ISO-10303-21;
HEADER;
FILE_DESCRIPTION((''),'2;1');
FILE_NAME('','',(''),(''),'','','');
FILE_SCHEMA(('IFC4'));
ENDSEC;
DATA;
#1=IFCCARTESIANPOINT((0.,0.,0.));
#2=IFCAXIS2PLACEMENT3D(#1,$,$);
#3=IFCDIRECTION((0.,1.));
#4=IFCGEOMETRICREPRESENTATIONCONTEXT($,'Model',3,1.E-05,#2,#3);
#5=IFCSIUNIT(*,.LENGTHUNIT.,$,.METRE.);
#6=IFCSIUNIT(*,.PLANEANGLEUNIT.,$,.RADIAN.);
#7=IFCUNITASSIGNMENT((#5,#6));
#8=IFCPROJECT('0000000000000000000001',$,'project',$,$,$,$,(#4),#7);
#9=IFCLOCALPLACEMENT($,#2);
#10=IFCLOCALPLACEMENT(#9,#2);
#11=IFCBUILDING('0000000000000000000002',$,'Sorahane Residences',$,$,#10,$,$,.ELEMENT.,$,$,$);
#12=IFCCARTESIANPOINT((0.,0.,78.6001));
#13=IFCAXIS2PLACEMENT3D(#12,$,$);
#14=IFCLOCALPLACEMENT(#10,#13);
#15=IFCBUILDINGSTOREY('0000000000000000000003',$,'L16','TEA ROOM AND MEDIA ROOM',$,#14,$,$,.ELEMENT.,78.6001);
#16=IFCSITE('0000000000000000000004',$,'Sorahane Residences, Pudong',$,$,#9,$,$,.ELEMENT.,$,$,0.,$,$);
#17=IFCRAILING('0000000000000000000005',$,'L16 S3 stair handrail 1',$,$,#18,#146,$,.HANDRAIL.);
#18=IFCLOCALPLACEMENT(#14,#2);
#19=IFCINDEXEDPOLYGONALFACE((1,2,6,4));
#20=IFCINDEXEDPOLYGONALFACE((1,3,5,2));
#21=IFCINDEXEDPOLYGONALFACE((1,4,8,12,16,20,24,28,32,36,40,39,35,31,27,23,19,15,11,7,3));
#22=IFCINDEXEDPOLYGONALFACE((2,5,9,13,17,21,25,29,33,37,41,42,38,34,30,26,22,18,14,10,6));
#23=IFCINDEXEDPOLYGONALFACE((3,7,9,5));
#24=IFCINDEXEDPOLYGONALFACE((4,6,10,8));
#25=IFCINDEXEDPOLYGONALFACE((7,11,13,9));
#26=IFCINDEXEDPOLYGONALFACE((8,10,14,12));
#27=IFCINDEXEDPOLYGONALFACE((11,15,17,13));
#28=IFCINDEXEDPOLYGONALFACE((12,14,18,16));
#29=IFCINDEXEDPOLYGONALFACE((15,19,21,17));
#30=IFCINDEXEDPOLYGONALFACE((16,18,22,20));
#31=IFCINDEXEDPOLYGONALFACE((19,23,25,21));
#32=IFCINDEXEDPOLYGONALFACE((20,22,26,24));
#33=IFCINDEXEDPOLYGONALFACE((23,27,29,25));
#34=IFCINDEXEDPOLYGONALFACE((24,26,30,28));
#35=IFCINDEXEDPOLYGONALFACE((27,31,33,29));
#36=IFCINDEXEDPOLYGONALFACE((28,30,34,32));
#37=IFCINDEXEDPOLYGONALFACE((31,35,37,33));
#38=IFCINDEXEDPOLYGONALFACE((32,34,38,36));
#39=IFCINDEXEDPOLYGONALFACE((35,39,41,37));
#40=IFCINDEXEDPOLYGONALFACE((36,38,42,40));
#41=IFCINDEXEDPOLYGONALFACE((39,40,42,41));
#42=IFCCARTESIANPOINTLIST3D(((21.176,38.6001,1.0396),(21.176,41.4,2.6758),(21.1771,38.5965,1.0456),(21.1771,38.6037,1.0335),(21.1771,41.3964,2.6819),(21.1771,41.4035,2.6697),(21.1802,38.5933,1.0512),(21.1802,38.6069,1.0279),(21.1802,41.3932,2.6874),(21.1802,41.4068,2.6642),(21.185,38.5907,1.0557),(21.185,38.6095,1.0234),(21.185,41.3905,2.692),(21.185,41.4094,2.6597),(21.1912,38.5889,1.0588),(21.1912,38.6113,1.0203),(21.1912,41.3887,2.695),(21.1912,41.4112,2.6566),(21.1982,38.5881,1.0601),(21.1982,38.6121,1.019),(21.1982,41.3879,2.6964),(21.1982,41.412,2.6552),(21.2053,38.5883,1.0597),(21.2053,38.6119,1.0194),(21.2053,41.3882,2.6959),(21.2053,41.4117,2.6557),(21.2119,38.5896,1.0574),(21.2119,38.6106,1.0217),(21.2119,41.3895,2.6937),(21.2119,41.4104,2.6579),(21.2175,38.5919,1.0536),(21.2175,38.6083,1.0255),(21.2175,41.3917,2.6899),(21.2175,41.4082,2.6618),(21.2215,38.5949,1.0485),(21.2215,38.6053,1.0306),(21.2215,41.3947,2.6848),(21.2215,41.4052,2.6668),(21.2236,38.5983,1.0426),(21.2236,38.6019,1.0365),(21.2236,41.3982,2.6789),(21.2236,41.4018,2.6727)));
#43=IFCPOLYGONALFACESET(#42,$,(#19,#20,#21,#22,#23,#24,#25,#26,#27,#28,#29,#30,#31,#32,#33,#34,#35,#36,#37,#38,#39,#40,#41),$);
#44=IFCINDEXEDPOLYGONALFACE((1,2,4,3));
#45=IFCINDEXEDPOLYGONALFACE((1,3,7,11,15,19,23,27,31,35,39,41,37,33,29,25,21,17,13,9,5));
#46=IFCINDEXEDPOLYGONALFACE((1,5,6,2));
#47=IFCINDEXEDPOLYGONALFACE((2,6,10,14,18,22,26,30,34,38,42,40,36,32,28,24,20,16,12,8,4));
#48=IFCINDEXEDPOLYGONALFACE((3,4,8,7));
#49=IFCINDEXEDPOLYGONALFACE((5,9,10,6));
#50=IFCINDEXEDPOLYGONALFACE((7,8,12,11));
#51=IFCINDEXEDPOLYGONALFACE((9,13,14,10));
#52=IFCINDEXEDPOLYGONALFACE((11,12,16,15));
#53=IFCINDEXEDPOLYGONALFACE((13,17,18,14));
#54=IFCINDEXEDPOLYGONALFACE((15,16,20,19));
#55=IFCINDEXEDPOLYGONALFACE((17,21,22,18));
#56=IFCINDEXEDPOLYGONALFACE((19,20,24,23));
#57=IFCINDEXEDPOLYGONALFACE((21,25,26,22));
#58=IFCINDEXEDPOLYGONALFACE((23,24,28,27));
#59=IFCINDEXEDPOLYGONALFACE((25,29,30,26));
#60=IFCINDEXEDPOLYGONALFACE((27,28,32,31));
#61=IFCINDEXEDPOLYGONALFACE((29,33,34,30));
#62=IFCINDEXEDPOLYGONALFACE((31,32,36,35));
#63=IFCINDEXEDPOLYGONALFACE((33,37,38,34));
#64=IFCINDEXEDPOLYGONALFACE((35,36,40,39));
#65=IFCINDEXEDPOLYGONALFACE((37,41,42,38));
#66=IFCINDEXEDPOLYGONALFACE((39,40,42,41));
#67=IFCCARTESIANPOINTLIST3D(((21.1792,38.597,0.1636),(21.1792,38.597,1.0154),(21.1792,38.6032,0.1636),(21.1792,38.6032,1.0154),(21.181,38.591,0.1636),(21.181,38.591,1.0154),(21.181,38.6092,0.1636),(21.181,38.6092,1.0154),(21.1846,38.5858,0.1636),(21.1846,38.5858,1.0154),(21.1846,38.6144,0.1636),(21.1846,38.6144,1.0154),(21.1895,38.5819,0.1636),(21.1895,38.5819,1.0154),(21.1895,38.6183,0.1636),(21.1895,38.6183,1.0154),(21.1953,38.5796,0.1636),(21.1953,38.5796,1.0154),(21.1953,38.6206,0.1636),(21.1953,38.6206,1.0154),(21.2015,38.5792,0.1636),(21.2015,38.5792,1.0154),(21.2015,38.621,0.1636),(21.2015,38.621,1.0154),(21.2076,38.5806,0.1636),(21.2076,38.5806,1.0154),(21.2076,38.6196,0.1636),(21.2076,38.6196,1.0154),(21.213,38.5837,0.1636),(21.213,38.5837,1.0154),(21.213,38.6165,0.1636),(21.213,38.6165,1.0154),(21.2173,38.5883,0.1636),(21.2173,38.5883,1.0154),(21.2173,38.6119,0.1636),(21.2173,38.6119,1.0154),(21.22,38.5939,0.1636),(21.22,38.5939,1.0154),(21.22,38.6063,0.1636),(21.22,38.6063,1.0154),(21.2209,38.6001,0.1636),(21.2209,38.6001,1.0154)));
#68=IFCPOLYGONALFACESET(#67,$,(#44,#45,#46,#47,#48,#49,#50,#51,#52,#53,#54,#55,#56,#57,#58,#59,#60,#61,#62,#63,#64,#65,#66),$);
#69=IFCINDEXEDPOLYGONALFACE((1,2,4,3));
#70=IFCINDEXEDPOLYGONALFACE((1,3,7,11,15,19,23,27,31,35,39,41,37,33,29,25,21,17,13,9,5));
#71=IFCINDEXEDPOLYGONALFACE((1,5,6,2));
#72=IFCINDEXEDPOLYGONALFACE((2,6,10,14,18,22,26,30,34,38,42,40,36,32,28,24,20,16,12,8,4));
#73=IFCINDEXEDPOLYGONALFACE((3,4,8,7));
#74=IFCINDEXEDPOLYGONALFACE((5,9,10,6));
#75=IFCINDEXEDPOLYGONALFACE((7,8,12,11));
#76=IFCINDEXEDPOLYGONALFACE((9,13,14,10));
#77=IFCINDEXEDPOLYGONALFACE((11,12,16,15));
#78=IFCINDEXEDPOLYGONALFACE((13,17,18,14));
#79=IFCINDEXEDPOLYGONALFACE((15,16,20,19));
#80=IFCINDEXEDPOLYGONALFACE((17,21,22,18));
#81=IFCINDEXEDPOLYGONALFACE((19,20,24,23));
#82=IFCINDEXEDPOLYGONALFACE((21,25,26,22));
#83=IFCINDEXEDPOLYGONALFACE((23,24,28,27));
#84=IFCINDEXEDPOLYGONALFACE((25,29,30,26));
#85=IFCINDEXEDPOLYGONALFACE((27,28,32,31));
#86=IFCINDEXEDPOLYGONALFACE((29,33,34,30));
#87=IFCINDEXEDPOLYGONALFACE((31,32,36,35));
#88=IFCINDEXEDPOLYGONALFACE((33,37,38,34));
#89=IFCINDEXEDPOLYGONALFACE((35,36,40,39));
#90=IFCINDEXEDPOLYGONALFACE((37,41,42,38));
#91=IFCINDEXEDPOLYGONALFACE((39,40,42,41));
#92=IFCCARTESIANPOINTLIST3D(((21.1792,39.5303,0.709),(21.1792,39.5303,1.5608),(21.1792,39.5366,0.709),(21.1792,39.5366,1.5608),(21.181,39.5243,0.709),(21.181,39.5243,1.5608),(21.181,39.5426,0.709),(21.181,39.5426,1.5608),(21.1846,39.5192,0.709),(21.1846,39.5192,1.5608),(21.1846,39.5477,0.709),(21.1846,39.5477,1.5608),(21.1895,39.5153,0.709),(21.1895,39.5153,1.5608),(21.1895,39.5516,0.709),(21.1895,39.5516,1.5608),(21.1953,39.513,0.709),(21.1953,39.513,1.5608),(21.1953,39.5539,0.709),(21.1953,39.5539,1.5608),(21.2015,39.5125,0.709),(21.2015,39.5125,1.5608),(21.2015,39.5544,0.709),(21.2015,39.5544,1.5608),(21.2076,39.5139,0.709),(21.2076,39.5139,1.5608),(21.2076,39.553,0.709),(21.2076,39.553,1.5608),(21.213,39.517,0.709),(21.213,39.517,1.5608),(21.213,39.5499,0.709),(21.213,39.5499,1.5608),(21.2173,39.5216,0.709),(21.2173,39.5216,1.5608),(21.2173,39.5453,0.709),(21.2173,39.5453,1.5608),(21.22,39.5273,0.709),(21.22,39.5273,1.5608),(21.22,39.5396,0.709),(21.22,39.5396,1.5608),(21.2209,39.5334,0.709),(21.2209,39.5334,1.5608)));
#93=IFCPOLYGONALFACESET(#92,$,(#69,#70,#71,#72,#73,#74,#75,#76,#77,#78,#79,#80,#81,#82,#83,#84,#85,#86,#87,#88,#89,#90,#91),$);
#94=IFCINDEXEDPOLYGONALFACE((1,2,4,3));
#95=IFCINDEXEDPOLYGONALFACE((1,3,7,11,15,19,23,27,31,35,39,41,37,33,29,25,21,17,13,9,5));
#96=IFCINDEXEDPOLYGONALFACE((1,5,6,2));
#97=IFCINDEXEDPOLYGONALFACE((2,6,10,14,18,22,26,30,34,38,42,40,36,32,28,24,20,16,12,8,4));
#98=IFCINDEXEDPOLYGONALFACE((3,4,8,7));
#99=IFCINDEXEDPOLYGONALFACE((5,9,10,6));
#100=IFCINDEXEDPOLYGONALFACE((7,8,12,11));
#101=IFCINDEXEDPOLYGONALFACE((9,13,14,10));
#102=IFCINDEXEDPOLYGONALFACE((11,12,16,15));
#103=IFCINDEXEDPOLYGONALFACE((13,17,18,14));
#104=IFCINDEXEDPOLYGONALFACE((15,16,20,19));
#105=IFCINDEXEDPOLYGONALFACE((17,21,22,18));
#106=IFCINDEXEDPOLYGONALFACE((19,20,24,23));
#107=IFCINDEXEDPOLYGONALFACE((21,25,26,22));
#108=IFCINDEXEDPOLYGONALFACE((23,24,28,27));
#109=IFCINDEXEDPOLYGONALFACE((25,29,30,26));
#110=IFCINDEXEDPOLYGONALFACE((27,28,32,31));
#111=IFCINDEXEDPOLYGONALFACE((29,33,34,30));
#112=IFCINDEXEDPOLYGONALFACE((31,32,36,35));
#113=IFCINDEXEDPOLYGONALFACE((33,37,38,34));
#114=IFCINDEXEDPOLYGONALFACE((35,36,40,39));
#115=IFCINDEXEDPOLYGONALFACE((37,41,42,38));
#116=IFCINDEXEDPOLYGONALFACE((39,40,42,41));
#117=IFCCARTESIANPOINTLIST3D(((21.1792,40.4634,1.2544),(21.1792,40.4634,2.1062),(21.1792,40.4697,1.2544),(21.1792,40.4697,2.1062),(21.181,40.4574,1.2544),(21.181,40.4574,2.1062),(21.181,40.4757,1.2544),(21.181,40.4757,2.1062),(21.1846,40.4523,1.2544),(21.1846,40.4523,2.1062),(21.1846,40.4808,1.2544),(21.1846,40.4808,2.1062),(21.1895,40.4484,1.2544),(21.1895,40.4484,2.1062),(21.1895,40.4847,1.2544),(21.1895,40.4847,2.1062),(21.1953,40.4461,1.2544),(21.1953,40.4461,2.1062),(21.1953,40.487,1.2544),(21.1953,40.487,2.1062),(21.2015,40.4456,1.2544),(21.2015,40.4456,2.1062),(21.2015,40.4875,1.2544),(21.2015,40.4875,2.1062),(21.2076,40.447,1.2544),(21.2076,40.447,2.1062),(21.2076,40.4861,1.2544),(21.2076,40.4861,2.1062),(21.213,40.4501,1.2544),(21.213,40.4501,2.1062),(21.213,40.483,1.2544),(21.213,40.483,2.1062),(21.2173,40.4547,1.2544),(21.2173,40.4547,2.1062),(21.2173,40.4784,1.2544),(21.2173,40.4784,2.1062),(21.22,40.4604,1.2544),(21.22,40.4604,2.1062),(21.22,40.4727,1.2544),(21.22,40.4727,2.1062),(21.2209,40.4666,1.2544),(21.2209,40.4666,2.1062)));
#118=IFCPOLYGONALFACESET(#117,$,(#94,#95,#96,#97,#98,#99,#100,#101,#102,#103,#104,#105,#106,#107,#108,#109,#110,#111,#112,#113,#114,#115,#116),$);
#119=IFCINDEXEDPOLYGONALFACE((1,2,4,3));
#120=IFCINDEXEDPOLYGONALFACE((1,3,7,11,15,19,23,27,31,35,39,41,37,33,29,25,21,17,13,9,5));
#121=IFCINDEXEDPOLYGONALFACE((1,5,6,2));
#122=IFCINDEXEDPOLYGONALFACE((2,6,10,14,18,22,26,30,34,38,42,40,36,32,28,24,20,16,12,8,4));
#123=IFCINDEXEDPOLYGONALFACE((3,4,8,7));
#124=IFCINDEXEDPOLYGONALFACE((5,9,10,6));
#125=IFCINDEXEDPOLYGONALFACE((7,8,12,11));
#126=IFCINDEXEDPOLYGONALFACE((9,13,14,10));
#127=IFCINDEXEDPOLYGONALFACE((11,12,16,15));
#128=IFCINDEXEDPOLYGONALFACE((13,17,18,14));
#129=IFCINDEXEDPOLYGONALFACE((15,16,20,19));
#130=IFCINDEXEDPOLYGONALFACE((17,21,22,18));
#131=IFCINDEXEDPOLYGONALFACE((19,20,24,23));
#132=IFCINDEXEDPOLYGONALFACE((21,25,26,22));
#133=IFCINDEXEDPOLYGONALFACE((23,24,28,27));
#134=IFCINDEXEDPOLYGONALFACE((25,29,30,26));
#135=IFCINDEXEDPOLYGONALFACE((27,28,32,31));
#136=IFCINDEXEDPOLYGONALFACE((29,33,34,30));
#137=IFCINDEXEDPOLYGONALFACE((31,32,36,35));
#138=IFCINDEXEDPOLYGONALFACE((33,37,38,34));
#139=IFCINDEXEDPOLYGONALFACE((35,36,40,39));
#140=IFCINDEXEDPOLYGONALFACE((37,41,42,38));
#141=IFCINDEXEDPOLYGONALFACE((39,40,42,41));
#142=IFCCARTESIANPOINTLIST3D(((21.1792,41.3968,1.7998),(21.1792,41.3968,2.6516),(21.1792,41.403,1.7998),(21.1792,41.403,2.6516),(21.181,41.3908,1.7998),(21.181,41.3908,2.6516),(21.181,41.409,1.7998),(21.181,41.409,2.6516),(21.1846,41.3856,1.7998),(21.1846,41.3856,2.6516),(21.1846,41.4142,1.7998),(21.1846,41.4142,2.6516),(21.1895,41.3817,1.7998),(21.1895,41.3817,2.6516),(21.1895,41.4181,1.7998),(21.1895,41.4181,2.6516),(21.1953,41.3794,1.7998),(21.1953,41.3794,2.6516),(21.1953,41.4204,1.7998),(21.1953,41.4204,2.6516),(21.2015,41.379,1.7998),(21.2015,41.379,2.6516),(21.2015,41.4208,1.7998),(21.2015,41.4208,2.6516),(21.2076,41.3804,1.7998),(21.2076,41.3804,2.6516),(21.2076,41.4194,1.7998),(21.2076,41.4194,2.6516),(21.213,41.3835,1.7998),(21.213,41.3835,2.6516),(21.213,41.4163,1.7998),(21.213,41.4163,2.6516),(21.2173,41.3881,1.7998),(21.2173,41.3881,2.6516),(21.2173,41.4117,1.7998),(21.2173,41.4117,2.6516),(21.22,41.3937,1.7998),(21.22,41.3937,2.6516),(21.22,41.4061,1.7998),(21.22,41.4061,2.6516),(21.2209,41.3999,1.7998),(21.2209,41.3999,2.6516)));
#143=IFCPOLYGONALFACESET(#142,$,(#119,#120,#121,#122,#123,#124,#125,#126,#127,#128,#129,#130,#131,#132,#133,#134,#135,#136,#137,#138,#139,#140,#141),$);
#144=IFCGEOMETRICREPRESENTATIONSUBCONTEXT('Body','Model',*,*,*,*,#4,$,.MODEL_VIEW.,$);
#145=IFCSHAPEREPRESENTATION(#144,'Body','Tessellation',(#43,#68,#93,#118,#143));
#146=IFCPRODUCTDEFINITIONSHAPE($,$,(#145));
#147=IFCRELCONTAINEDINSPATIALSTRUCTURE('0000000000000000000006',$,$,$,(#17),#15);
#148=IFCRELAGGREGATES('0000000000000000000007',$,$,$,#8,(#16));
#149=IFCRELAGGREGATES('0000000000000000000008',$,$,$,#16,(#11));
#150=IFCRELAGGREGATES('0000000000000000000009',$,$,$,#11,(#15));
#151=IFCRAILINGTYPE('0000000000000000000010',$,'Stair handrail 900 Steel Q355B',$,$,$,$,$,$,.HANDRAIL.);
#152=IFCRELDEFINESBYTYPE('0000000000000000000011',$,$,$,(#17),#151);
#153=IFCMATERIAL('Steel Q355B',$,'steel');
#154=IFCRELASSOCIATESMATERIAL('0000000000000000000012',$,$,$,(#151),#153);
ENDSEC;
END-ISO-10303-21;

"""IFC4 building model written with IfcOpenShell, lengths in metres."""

from ifc_helpers import new_model, si_unit, direction, frame, origin, origin_2d, place, context, subcontext, project, spatial, circle, extrude, material, type_object, element, save


model = new_model("IFC4")

# Units and contexts
model_context = context("Model", 3, precision=1e-05, world=origin(), true_north=direction((0.0, 1.0)))
body_context = subcontext(model_context, "Body", "Model", "MODEL_VIEW")
ifc_project = project(units=[si_unit("LENGTHUNIT", "METRE"), si_unit("PLANEANGLEUNIT", "RADIAN")], contexts=[model_context])

# Site, building, storey
site_placement = place(None, origin())
site = spatial("IfcSite", under=ifc_project, at=site_placement, Name="Sorahane Residences, Pudong", CompositionType="ELEMENT", RefElevation=0.0)
building_placement = place(site_placement, origin())
building = spatial("IfcBuilding", under=site, at=building_placement, Name="Sorahane Residences", CompositionType="ELEMENT")
storey_placement = place(building_placement, frame((0.0, 0.0, 78.6001)))
storey = spatial("IfcBuildingStorey", under=building, at=storey_placement, Name="L16", Description="TEA ROOM AND MEDIA ROOM", CompositionType="ELEMENT", Elevation=78.6001)

# Railing
ifc_material_1 = material(Name="Steel Q355B", Category="steel")
railing_type_1 = type_object("IfcRailingType", Name="Stair handrail 900 Steel Q355B", PredefinedType="HANDRAIL", material=ifc_material_1)
railing_1_placement = place(storey_placement, frame((21.2, 38.6001, 0.1636)))
element("IfcRailing", 1, at=railing_1_placement, inside=storey, type_object=railing_type_1, Name="L16 S3 stair handrail 1", PredefinedType="HANDRAIL", context=body_context, shape_type="SweptSolid", body=[
    extrude(circle(Radius=0.0239, at=origin_2d()), frame((0.0, 0.0, 0.876), z_axis=(0.0, 0.863374, 0.504564), x_axis=(-1.0, 0.0, 0.0)), (0.0, 0.0, 1.0), 3.2429),
    extrude(circle(Radius=0.021, at=origin_2d()), origin(), (0.0, 0.0, 1.0), 0.8518),
    extrude(circle(Radius=0.021, at=origin_2d()), frame((0.0, 0.9333, 0.5454)), (0.0, 0.0, 1.0), 0.8518),
    extrude(circle(Radius=0.021, at=origin_2d()), frame((0.0, 1.8665, 1.0908)), (0.0, 0.0, 1.0), 0.8518),
    extrude(circle(Radius=0.021, at=origin_2d()), frame((0.0, 2.7998, 1.6362)), (0.0, 0.0, 1.0), 0.8518),
])

save(model, "model.ifc")
